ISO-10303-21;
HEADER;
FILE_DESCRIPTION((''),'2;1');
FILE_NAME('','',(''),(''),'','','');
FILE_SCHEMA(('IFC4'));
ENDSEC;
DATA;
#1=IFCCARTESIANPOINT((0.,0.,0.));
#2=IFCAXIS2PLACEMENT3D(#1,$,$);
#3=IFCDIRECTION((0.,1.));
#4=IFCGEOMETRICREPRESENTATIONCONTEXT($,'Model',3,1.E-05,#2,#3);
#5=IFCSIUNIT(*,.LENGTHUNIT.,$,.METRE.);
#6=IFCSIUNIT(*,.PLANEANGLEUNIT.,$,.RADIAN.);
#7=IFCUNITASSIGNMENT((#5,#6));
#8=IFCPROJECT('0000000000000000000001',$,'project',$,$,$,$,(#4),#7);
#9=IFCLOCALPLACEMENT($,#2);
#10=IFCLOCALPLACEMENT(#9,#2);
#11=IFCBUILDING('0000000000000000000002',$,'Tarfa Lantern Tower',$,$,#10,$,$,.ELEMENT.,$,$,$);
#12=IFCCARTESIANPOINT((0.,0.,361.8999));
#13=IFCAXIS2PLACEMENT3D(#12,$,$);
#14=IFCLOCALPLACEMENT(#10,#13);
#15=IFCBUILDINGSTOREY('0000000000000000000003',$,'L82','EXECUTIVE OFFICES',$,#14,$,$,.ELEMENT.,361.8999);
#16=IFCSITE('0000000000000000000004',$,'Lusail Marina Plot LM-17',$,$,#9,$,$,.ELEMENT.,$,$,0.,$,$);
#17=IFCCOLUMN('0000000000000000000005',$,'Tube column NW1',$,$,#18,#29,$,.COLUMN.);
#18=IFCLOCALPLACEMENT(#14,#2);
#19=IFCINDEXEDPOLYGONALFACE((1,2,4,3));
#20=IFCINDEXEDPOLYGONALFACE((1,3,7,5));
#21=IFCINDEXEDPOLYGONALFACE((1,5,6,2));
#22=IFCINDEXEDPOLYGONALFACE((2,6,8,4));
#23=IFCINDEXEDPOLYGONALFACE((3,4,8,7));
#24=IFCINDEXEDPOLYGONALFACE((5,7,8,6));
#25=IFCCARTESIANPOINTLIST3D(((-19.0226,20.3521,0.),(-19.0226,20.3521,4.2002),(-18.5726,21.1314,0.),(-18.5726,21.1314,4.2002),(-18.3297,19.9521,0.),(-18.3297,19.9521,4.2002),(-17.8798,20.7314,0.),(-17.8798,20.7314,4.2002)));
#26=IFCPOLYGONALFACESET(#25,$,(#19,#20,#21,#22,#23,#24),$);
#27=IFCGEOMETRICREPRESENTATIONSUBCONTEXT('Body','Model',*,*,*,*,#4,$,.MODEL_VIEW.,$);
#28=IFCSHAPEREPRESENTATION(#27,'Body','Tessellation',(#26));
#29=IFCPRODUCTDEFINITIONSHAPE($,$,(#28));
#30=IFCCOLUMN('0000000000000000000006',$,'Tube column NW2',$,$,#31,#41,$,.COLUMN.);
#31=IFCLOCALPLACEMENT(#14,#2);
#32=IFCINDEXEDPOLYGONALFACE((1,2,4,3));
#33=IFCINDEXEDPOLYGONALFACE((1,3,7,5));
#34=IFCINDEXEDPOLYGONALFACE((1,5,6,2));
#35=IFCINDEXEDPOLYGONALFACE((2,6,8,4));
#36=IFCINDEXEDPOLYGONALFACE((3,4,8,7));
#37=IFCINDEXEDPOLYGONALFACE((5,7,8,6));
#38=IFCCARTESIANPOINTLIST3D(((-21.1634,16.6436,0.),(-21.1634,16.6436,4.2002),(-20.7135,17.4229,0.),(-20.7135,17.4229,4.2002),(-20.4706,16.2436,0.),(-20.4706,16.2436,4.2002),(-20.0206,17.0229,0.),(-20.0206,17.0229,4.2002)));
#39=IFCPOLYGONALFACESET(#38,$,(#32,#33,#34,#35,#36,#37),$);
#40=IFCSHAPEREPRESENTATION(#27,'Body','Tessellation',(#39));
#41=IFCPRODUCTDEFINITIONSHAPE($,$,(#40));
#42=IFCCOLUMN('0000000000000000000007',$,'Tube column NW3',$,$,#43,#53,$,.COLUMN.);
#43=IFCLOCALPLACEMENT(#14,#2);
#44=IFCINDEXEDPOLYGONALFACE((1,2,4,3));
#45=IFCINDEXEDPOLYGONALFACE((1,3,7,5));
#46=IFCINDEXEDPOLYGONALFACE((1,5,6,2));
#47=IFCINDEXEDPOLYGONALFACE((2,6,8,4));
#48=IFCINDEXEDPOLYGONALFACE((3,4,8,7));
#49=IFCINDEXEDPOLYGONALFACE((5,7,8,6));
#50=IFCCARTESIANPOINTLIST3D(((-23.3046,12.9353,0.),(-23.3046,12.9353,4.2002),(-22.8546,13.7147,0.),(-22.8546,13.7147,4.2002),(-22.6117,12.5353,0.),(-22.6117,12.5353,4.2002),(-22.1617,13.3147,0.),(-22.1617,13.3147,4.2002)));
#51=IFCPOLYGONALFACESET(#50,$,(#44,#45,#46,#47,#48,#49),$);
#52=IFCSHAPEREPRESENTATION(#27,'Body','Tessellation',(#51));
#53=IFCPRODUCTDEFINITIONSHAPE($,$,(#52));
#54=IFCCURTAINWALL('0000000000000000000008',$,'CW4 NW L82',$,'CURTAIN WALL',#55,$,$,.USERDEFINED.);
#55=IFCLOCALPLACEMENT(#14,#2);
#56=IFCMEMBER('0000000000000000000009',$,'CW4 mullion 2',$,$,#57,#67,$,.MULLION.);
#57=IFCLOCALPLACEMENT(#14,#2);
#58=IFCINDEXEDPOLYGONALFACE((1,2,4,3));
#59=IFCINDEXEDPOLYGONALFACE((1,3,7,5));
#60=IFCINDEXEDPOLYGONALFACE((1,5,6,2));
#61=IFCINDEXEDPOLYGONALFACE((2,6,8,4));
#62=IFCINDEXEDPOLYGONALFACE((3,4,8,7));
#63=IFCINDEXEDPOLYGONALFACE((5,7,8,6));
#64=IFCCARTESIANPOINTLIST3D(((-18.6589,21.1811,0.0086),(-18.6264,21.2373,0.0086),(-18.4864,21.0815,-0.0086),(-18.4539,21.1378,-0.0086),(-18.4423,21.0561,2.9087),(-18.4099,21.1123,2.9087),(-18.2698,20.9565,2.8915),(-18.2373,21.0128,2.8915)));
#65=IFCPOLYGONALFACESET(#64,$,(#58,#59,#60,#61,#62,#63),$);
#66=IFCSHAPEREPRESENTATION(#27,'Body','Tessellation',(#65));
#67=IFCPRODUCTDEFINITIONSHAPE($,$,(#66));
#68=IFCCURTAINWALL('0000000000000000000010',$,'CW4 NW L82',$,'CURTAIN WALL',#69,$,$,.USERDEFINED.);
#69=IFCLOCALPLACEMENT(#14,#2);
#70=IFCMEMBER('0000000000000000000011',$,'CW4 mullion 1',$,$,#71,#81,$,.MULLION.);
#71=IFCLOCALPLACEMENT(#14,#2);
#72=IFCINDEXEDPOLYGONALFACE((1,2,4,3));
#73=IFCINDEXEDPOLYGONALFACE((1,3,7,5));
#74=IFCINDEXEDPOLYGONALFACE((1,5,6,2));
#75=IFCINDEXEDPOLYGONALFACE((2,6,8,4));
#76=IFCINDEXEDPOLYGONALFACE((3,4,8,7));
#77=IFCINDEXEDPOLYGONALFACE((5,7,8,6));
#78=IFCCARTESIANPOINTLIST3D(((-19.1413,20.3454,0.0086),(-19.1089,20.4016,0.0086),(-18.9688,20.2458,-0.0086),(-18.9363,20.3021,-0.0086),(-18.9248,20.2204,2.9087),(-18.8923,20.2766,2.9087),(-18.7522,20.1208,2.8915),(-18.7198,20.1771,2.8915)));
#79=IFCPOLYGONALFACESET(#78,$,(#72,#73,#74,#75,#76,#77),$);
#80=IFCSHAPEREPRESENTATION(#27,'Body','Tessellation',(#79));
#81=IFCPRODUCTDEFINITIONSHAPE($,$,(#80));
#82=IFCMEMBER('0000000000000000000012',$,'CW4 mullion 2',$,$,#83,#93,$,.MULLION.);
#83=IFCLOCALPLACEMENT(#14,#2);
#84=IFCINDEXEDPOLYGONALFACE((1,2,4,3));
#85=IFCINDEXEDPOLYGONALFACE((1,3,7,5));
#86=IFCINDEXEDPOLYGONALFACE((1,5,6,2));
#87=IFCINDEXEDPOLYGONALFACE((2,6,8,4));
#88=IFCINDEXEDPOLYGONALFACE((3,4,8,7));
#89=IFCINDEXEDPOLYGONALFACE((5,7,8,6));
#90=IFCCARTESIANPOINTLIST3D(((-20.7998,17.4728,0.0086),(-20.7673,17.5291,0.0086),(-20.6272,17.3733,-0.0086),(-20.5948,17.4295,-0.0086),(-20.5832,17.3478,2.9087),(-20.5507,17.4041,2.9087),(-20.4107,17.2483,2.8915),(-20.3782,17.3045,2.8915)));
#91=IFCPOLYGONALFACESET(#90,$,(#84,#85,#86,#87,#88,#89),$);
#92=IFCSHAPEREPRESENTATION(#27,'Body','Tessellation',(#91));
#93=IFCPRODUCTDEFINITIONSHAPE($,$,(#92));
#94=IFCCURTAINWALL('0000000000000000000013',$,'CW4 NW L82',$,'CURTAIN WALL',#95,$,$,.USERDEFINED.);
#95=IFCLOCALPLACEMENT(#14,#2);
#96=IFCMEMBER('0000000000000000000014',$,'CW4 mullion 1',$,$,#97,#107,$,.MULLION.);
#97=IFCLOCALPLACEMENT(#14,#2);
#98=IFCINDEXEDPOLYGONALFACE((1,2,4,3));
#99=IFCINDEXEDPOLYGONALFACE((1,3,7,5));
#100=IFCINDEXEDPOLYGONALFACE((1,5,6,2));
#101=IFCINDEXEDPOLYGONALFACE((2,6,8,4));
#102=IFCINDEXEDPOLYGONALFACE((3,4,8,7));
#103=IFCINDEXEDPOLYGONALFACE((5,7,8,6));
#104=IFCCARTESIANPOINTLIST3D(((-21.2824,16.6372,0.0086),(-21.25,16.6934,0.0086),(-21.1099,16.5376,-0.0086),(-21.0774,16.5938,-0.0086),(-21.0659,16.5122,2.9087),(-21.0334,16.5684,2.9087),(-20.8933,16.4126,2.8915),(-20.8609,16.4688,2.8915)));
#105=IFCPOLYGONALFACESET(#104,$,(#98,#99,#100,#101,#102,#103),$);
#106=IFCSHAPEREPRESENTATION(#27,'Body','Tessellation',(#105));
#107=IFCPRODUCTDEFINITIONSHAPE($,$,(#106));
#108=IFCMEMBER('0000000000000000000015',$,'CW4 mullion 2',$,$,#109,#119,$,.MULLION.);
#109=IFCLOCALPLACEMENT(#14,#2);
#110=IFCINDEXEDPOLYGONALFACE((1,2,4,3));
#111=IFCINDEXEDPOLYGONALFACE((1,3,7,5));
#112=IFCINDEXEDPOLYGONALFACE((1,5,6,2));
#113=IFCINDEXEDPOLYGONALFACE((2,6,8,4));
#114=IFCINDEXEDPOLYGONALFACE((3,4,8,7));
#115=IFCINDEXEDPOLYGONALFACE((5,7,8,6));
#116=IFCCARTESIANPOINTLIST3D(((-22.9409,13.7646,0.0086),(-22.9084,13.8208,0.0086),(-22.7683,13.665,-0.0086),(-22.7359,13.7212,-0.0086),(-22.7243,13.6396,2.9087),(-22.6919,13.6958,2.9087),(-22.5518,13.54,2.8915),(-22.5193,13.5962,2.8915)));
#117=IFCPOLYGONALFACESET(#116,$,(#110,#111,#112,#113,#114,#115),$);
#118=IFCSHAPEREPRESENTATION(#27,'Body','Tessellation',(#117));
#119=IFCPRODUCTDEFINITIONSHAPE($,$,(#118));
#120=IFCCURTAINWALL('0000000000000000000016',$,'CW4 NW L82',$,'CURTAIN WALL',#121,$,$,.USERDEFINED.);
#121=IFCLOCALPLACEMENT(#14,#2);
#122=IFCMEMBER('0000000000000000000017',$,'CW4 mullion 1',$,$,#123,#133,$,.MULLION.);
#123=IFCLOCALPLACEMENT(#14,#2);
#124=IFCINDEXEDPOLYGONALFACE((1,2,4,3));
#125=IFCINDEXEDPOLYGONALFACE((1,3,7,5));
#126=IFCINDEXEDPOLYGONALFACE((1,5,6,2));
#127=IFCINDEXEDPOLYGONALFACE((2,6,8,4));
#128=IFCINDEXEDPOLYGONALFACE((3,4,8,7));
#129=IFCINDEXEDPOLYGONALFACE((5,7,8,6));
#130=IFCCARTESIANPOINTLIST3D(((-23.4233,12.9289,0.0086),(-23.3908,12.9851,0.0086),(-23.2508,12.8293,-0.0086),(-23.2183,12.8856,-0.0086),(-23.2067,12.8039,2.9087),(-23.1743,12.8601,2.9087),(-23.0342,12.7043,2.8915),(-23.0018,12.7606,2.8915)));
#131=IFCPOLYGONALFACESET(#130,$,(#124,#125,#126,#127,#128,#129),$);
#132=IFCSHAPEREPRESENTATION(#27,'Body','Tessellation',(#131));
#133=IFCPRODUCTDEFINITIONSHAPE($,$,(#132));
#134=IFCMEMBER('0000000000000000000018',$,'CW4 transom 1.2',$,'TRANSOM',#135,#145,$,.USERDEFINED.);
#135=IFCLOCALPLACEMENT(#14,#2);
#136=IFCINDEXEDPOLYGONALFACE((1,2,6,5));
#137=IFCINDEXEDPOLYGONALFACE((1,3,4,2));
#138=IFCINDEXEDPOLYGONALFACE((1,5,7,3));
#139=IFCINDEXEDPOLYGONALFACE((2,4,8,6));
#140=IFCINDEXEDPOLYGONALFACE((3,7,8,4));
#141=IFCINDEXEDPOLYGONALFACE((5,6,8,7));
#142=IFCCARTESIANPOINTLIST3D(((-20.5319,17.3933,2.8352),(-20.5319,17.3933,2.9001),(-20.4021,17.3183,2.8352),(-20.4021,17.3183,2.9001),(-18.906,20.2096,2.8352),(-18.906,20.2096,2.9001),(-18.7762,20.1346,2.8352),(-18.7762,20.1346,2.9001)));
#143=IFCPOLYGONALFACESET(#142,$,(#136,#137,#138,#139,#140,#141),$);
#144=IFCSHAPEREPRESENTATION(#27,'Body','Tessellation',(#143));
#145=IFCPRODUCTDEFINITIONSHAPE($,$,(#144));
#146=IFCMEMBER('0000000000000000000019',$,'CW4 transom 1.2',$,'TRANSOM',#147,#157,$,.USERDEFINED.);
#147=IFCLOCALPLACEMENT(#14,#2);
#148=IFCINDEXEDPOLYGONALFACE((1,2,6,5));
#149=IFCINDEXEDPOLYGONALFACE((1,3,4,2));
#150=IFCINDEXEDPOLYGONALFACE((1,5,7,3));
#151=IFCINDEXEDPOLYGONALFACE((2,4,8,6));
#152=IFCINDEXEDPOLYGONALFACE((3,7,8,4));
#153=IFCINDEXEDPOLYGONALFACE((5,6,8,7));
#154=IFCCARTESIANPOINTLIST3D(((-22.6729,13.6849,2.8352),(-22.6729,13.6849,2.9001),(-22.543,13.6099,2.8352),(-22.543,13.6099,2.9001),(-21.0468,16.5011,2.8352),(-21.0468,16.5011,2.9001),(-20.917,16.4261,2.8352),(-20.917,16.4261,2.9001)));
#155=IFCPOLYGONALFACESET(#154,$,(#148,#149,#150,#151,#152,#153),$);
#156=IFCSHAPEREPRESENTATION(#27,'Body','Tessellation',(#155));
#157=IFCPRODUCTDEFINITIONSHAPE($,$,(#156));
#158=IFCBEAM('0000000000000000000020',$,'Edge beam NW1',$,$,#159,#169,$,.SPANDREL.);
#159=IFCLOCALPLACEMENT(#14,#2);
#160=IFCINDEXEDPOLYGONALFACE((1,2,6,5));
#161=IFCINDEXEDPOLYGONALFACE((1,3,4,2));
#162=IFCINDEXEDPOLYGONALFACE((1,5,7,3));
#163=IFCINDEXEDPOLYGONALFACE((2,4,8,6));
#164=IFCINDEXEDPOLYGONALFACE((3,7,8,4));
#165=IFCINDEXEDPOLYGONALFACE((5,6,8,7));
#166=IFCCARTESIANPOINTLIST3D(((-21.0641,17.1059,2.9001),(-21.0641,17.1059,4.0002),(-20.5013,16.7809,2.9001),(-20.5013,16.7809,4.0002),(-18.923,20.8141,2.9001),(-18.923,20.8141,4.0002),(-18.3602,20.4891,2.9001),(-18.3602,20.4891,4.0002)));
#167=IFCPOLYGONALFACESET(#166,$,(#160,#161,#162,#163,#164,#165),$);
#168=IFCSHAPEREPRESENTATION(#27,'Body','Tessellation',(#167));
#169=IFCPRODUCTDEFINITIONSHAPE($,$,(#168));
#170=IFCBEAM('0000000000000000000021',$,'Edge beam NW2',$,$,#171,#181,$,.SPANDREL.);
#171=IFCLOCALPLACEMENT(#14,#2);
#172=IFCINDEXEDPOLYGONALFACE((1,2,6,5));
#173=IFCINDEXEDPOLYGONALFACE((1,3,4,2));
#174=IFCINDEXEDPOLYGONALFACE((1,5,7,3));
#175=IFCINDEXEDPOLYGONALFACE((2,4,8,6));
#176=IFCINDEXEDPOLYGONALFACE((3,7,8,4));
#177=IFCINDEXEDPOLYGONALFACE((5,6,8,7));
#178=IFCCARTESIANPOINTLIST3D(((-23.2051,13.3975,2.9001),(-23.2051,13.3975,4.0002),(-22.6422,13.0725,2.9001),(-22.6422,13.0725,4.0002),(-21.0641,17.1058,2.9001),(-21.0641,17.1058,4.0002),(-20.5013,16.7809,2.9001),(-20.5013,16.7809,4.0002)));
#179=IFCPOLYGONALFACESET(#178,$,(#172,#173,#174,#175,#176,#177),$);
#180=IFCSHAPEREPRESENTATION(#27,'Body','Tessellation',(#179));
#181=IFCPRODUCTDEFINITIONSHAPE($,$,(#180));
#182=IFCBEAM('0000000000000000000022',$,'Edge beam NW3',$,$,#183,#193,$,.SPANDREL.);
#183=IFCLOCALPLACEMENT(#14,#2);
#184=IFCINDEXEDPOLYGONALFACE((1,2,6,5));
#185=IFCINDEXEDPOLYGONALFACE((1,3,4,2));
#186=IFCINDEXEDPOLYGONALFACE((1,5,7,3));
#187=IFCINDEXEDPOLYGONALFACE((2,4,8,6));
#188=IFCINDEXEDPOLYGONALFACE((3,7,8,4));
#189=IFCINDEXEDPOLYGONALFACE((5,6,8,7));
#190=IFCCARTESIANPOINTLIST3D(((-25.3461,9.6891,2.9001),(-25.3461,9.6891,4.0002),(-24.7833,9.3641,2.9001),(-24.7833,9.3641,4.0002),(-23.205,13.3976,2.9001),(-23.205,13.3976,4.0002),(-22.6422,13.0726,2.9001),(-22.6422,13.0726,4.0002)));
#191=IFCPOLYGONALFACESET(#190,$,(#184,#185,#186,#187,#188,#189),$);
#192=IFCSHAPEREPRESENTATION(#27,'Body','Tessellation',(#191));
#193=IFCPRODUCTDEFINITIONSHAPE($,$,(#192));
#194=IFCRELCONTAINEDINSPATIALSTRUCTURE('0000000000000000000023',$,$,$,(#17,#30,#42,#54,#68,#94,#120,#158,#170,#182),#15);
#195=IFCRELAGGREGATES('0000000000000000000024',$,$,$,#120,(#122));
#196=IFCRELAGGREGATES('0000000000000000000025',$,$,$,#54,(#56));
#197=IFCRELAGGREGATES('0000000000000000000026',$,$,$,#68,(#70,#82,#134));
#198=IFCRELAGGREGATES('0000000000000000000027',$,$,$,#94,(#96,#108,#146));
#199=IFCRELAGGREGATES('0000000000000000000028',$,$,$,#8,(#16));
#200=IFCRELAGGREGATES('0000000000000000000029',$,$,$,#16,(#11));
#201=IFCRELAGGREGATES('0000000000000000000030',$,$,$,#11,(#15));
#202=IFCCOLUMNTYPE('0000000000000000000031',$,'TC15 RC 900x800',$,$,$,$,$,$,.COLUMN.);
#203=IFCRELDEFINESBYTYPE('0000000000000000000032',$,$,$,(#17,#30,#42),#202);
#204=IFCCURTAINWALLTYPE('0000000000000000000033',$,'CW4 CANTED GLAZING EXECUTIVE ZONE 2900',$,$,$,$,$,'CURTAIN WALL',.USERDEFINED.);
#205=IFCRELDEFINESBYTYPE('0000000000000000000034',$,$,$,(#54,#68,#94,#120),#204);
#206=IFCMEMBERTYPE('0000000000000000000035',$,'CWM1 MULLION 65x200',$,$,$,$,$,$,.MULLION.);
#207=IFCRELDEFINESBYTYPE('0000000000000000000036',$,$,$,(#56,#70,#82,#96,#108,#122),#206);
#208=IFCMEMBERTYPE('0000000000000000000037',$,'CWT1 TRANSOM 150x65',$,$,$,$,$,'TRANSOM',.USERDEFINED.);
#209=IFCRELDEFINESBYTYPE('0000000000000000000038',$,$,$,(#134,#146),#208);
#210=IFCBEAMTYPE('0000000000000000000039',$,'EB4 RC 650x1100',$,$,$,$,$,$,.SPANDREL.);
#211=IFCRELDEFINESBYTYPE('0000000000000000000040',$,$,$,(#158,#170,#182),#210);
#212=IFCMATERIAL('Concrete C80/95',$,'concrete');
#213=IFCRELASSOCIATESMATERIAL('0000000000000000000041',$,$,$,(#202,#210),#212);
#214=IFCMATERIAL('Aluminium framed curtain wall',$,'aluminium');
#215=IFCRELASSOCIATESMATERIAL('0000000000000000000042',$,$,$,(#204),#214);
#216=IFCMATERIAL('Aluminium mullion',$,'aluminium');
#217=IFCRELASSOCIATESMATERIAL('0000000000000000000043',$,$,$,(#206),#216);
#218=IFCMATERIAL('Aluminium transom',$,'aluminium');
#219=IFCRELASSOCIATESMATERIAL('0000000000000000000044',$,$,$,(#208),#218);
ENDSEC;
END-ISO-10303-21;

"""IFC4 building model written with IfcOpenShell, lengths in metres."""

from ifc_helpers import new_model, si_unit, direction, frame, origin, origin_2d, place, context, subcontext, project, spatial, rectangle, extrude, material, material_profile, profile_set, type_object, element, aggregate, save


model = new_model("IFC4")

# Units and contexts
model_context = context("Model", 3, precision=1e-05, world=origin(), true_north=direction((0.0, 1.0)))
body_context = subcontext(model_context, "Body", "Model", "MODEL_VIEW")
ifc_project = project(units=[si_unit("LENGTHUNIT", "METRE"), si_unit("PLANEANGLEUNIT", "RADIAN")], contexts=[model_context])

# Site, building, storey
site_placement = place(None, origin())
site = spatial("IfcSite", under=ifc_project, at=site_placement, Name="Lusail Marina Plot LM-17", CompositionType="ELEMENT", RefElevation=0.0)
building_placement = place(site_placement, origin())
building = spatial("IfcBuilding", under=site, at=building_placement, Name="Tarfa Lantern Tower", CompositionType="ELEMENT")
storey_placement = place(building_placement, frame((0.0, 0.0, 361.8999)))
storey = spatial("IfcBuildingStorey", under=building, at=storey_placement, Name="L82", Description="EXECUTIVE OFFICES", CompositionType="ELEMENT", Elevation=361.8999)

# Columns
ifc_material_1 = material(Name="Concrete C80/95", Category="concrete")
ifc_material_profile_1 = material_profile(ifc_material_1, rectangle(XDim=0.8999, YDim=0.8, at=origin_2d()), Name="RC 900x800")
ifc_profile_set_1 = profile_set([ifc_material_profile_1], Name="Concrete C80/95")
column_type = type_object("IfcColumnType", Name="TC15 RC 900x800", PredefinedType="COLUMN", material=ifc_profile_set_1)
for number, where, z_axis, x_axis, name in (
    (1, (-18.4512, 20.5417, 0.0), (0.0, 0.0, 1.0), (-0.5, -0.866025, 0.0), "Tube column NW1"),
    (2, (-20.592, 16.8333, 0.0), (0.0, 0.0, 1.0), (-0.5, -0.866025, 0.0), "Tube column NW2"),
    (3, (-22.7332, 13.125, 0.0), (0.0, 0.0, 1.0), (-0.5, -0.866025, 0.0), "Tube column NW3"),
):
    element("IfcColumn", number, at=place(storey_placement, frame(where, z_axis=z_axis, x_axis=x_axis)), inside=storey, type_object=column_type, Name=name, PredefinedType="COLUMN", context=body_context, shape_type="SweptSolid", body=[
        extrude(rectangle(XDim=0.8999, YDim=0.8, at=origin_2d()), origin(), (0.0, 0.0, 1.0), 4.2002),
    ])

# Curtain wall, member
ifc_material_2 = material(Name="Aluminium framed curtain wall", Category="aluminium")
curtain_wall_type = type_object("IfcCurtainWallType", Name="CW4 CANTED GLAZING EXECUTIVE ZONE 2900", ElementType="CURTAIN WALL", PredefinedType="USERDEFINED", material=ifc_material_2)
curtain_wall_1_placement = place(storey_placement, origin())
curtain_wall_1 = element("IfcCurtainWall", 4, at=curtain_wall_1_placement, inside=storey, type_object=curtain_wall_type, Name="CW4 NW L82", ObjectType="CURTAIN WALL", PredefinedType="USERDEFINED")
ifc_material_3 = material(Name="Aluminium mullion", Category="aluminium")
ifc_material_profile_2 = material_profile(ifc_material_3, rectangle(XDim=0.0649, YDim=0.2, at=origin_2d()), Name="AL MULLION 65x200")
ifc_profile_set_2 = profile_set([ifc_material_profile_2], Name="Aluminium mullion")
member_type_1 = type_object("IfcMemberType", Name="CWM1 MULLION 65x200", PredefinedType="MULLION", material=ifc_profile_set_2)
member_1_placement = place(storey_placement, frame((-18.5564, 21.1594, 0.0), z_axis=(0.074394, -0.042942, 0.996304), x_axis=(0.49992, 0.866072, 0.0)))
member_1 = element("IfcMember", 5, at=member_1_placement, type_object=member_type_1, Name="CW4 mullion 2", PredefinedType="MULLION", context=body_context, shape_type="SweptSolid", body=[
    extrude(rectangle(XDim=0.0649, YDim=0.2, at=origin_2d()), origin(), (0.0, 0.0, 1.0), 2.9109),
])

# Curtain walls, members
curtain_wall_2_placement = place(storey_placement, origin())
curtain_wall_2 = element("IfcCurtainWall", 6, at=curtain_wall_2_placement, inside=storey, type_object=curtain_wall_type, Name="CW4 NW L82", ObjectType="CURTAIN WALL", PredefinedType="USERDEFINED")
member_2_placement = place(storey_placement, frame((-19.0388, 20.3237, 0.0), z_axis=(0.074394, -0.042942, 0.996304), x_axis=(0.49992, 0.866072, 0.0)))
member_2 = element("IfcMember", 7, at=member_2_placement, type_object=member_type_1, Name="CW4 mullion 1", PredefinedType="MULLION", context=body_context, shape_type="SweptSolid", body=[
    extrude(rectangle(XDim=0.0649, YDim=0.2, at=origin_2d()), origin(), (0.0, 0.0, 1.0), 2.9109),
])
member_3_placement = place(storey_placement, frame((-20.6973, 17.4512, 0.0), z_axis=(0.074394, -0.042942, 0.996304), x_axis=(0.49992, 0.866072, 0.0)))
member_3 = element("IfcMember", 8, at=member_3_placement, type_object=member_type_1, Name="CW4 mullion 2", PredefinedType="MULLION", context=body_context, shape_type="SweptSolid", body=[
    extrude(rectangle(XDim=0.0649, YDim=0.2, at=origin_2d()), origin(), (0.0, 0.0, 1.0), 2.9109),
])
curtain_wall_3_placement = place(storey_placement, origin())
curtain_wall_3 = element("IfcCurtainWall", 9, at=curtain_wall_3_placement, inside=storey, type_object=curtain_wall_type, Name="CW4 NW L82", ObjectType="CURTAIN WALL", PredefinedType="USERDEFINED")
member_4_placement = place(storey_placement, frame((-21.1799, 16.6155, 0.0), z_axis=(0.074394, -0.042942, 0.996304), x_axis=(0.49992, 0.866072, 0.0)))
member_4 = element("IfcMember", 10, at=member_4_placement, type_object=member_type_1, Name="CW4 mullion 1", PredefinedType="MULLION", context=body_context, shape_type="SweptSolid", body=[
    extrude(rectangle(XDim=0.0649, YDim=0.2, at=origin_2d()), origin(), (0.0, 0.0, 1.0), 2.9109),
])
member_5_placement = place(storey_placement, frame((-22.8384, 13.7429, 0.0), z_axis=(0.074394, -0.042942, 0.996304), x_axis=(0.49992, 0.866072, 0.0)))
member_5 = element("IfcMember", 11, at=member_5_placement, type_object=member_type_1, Name="CW4 mullion 2", PredefinedType="MULLION", context=body_context, shape_type="SweptSolid", body=[
    extrude(rectangle(XDim=0.0649, YDim=0.2, at=origin_2d()), origin(), (0.0, 0.0, 1.0), 2.9109),
])

# Curtain wall, member
curtain_wall_4_placement = place(storey_placement, origin())
curtain_wall_4 = element("IfcCurtainWall", 12, at=curtain_wall_4_placement, inside=storey, type_object=curtain_wall_type, Name="CW4 NW L82", ObjectType="CURTAIN WALL", PredefinedType="USERDEFINED")
member_6_placement = place(storey_placement, frame((-23.3208, 12.9072, 0.0), z_axis=(0.074394, -0.042942, 0.996304), x_axis=(0.49992, 0.866072, 0.0)))
member_6 = element("IfcMember", 13, at=member_6_placement, type_object=member_type_1, Name="CW4 mullion 1", PredefinedType="MULLION", context=body_context, shape_type="SweptSolid", body=[
    extrude(rectangle(XDim=0.0649, YDim=0.2, at=origin_2d()), origin(), (0.0, 0.0, 1.0), 2.9109),
])
aggregate(curtain_wall_4, [member_6])

# Members
ifc_material_4 = material(Name="Aluminium transom", Category="aluminium")
ifc_material_profile_3 = material_profile(ifc_material_4, rectangle(XDim=0.1499, YDim=0.0649, at=origin_2d()), Name="AL TRANSOM 150x65")
ifc_profile_set_3 = profile_set([ifc_material_profile_3], Name="Aluminium transom")
member_type_2 = type_object("IfcMemberType", Name="CWT1 TRANSOM 150x65", ElementType="TRANSOM", PredefinedType="USERDEFINED", material=ifc_profile_set_3)
member_7_placement = place(storey_placement, frame((-18.8411, 20.1721, 2.8677), z_axis=(-0.499982, -0.866036, 0.0), x_axis=(0.866036, -0.499982, 0.0)))
member_7 = element("IfcMember", 14, at=member_7_placement, type_object=member_type_2, Name="CW4 transom 1.2", ObjectType="TRANSOM", PredefinedType="USERDEFINED", context=body_context, shape_type="SweptSolid", body=[
    extrude(rectangle(XDim=0.1499, YDim=0.0649, at=origin_2d()), origin(), (0.0, 0.0, 1.0), 3.252),
])
member_8_placement = place(storey_placement, frame((-20.9819, 16.4636, 2.8677), z_axis=(-0.500015, -0.866017, 0.0), x_axis=(0.866017, -0.500015, 0.0)))
member_8 = element("IfcMember", 15, at=member_8_placement, type_object=member_type_2, Name="CW4 transom 1.2", ObjectType="TRANSOM", PredefinedType="USERDEFINED", context=body_context, shape_type="SweptSolid", body=[
    extrude(rectangle(XDim=0.1499, YDim=0.0649, at=origin_2d()), origin(), (0.0, 0.0, 1.0), 3.252),
])

# Beams
ifc_material_profile_4 = material_profile(ifc_material_1, rectangle(XDim=0.6499, YDim=1.1001, at=origin_2d()), Name="RC 650x1100")
ifc_profile_set_4 = profile_set([ifc_material_profile_4], Name="Concrete C80/95")
beam_type_1 = type_object("IfcBeamType", Name="EB4 RC 650x1100", PredefinedType="SPANDREL", material=ifc_profile_set_4)
for number, where, z_axis, x_axis, name in (
    (16, (-18.6416, 20.6516, 3.4502), (-0.500027, -0.86601, 0.0), (0.86601, -0.500027, 0.0), "Edge beam NW1"),
    (17, (-20.7827, 16.9434, 3.4502), (-0.499984, -0.866035, 0.0), (0.866035, -0.499984, 0.0), "Edge beam NW2"),
):
    element("IfcBeam", number, at=place(storey_placement, frame(where, z_axis=z_axis, x_axis=x_axis)), inside=storey, type_object=beam_type_1, Name=name, PredefinedType="SPANDREL", context=body_context, shape_type="SweptSolid", body=[
        extrude(rectangle(XDim=0.6499, YDim=1.1001, at=origin_2d()), origin(), (0.0, 0.0, 1.0), 4.282),
    ])
beam_1_placement = place(storey_placement, frame((-22.9236, 13.2351, 3.4502), z_axis=(-0.500002, -0.866024, 0.0), x_axis=(0.866024, -0.500002, 0.0)))
element("IfcBeam", 18, at=beam_1_placement, inside=storey, type_object=beam_type_1, Name="Edge beam NW3", PredefinedType="SPANDREL", context=body_context, shape_type="SweptSolid", body=[
    extrude(rectangle(XDim=0.6499, YDim=1.1001, at=origin_2d()), origin(), (0.0, 0.0, 1.0), 4.2822),
])

aggregate(curtain_wall_1, [member_1])
aggregate(curtain_wall_2, [member_2, member_3, member_7])
aggregate(curtain_wall_3, [member_4, member_5, member_8])

save(model, "model.ifc")
